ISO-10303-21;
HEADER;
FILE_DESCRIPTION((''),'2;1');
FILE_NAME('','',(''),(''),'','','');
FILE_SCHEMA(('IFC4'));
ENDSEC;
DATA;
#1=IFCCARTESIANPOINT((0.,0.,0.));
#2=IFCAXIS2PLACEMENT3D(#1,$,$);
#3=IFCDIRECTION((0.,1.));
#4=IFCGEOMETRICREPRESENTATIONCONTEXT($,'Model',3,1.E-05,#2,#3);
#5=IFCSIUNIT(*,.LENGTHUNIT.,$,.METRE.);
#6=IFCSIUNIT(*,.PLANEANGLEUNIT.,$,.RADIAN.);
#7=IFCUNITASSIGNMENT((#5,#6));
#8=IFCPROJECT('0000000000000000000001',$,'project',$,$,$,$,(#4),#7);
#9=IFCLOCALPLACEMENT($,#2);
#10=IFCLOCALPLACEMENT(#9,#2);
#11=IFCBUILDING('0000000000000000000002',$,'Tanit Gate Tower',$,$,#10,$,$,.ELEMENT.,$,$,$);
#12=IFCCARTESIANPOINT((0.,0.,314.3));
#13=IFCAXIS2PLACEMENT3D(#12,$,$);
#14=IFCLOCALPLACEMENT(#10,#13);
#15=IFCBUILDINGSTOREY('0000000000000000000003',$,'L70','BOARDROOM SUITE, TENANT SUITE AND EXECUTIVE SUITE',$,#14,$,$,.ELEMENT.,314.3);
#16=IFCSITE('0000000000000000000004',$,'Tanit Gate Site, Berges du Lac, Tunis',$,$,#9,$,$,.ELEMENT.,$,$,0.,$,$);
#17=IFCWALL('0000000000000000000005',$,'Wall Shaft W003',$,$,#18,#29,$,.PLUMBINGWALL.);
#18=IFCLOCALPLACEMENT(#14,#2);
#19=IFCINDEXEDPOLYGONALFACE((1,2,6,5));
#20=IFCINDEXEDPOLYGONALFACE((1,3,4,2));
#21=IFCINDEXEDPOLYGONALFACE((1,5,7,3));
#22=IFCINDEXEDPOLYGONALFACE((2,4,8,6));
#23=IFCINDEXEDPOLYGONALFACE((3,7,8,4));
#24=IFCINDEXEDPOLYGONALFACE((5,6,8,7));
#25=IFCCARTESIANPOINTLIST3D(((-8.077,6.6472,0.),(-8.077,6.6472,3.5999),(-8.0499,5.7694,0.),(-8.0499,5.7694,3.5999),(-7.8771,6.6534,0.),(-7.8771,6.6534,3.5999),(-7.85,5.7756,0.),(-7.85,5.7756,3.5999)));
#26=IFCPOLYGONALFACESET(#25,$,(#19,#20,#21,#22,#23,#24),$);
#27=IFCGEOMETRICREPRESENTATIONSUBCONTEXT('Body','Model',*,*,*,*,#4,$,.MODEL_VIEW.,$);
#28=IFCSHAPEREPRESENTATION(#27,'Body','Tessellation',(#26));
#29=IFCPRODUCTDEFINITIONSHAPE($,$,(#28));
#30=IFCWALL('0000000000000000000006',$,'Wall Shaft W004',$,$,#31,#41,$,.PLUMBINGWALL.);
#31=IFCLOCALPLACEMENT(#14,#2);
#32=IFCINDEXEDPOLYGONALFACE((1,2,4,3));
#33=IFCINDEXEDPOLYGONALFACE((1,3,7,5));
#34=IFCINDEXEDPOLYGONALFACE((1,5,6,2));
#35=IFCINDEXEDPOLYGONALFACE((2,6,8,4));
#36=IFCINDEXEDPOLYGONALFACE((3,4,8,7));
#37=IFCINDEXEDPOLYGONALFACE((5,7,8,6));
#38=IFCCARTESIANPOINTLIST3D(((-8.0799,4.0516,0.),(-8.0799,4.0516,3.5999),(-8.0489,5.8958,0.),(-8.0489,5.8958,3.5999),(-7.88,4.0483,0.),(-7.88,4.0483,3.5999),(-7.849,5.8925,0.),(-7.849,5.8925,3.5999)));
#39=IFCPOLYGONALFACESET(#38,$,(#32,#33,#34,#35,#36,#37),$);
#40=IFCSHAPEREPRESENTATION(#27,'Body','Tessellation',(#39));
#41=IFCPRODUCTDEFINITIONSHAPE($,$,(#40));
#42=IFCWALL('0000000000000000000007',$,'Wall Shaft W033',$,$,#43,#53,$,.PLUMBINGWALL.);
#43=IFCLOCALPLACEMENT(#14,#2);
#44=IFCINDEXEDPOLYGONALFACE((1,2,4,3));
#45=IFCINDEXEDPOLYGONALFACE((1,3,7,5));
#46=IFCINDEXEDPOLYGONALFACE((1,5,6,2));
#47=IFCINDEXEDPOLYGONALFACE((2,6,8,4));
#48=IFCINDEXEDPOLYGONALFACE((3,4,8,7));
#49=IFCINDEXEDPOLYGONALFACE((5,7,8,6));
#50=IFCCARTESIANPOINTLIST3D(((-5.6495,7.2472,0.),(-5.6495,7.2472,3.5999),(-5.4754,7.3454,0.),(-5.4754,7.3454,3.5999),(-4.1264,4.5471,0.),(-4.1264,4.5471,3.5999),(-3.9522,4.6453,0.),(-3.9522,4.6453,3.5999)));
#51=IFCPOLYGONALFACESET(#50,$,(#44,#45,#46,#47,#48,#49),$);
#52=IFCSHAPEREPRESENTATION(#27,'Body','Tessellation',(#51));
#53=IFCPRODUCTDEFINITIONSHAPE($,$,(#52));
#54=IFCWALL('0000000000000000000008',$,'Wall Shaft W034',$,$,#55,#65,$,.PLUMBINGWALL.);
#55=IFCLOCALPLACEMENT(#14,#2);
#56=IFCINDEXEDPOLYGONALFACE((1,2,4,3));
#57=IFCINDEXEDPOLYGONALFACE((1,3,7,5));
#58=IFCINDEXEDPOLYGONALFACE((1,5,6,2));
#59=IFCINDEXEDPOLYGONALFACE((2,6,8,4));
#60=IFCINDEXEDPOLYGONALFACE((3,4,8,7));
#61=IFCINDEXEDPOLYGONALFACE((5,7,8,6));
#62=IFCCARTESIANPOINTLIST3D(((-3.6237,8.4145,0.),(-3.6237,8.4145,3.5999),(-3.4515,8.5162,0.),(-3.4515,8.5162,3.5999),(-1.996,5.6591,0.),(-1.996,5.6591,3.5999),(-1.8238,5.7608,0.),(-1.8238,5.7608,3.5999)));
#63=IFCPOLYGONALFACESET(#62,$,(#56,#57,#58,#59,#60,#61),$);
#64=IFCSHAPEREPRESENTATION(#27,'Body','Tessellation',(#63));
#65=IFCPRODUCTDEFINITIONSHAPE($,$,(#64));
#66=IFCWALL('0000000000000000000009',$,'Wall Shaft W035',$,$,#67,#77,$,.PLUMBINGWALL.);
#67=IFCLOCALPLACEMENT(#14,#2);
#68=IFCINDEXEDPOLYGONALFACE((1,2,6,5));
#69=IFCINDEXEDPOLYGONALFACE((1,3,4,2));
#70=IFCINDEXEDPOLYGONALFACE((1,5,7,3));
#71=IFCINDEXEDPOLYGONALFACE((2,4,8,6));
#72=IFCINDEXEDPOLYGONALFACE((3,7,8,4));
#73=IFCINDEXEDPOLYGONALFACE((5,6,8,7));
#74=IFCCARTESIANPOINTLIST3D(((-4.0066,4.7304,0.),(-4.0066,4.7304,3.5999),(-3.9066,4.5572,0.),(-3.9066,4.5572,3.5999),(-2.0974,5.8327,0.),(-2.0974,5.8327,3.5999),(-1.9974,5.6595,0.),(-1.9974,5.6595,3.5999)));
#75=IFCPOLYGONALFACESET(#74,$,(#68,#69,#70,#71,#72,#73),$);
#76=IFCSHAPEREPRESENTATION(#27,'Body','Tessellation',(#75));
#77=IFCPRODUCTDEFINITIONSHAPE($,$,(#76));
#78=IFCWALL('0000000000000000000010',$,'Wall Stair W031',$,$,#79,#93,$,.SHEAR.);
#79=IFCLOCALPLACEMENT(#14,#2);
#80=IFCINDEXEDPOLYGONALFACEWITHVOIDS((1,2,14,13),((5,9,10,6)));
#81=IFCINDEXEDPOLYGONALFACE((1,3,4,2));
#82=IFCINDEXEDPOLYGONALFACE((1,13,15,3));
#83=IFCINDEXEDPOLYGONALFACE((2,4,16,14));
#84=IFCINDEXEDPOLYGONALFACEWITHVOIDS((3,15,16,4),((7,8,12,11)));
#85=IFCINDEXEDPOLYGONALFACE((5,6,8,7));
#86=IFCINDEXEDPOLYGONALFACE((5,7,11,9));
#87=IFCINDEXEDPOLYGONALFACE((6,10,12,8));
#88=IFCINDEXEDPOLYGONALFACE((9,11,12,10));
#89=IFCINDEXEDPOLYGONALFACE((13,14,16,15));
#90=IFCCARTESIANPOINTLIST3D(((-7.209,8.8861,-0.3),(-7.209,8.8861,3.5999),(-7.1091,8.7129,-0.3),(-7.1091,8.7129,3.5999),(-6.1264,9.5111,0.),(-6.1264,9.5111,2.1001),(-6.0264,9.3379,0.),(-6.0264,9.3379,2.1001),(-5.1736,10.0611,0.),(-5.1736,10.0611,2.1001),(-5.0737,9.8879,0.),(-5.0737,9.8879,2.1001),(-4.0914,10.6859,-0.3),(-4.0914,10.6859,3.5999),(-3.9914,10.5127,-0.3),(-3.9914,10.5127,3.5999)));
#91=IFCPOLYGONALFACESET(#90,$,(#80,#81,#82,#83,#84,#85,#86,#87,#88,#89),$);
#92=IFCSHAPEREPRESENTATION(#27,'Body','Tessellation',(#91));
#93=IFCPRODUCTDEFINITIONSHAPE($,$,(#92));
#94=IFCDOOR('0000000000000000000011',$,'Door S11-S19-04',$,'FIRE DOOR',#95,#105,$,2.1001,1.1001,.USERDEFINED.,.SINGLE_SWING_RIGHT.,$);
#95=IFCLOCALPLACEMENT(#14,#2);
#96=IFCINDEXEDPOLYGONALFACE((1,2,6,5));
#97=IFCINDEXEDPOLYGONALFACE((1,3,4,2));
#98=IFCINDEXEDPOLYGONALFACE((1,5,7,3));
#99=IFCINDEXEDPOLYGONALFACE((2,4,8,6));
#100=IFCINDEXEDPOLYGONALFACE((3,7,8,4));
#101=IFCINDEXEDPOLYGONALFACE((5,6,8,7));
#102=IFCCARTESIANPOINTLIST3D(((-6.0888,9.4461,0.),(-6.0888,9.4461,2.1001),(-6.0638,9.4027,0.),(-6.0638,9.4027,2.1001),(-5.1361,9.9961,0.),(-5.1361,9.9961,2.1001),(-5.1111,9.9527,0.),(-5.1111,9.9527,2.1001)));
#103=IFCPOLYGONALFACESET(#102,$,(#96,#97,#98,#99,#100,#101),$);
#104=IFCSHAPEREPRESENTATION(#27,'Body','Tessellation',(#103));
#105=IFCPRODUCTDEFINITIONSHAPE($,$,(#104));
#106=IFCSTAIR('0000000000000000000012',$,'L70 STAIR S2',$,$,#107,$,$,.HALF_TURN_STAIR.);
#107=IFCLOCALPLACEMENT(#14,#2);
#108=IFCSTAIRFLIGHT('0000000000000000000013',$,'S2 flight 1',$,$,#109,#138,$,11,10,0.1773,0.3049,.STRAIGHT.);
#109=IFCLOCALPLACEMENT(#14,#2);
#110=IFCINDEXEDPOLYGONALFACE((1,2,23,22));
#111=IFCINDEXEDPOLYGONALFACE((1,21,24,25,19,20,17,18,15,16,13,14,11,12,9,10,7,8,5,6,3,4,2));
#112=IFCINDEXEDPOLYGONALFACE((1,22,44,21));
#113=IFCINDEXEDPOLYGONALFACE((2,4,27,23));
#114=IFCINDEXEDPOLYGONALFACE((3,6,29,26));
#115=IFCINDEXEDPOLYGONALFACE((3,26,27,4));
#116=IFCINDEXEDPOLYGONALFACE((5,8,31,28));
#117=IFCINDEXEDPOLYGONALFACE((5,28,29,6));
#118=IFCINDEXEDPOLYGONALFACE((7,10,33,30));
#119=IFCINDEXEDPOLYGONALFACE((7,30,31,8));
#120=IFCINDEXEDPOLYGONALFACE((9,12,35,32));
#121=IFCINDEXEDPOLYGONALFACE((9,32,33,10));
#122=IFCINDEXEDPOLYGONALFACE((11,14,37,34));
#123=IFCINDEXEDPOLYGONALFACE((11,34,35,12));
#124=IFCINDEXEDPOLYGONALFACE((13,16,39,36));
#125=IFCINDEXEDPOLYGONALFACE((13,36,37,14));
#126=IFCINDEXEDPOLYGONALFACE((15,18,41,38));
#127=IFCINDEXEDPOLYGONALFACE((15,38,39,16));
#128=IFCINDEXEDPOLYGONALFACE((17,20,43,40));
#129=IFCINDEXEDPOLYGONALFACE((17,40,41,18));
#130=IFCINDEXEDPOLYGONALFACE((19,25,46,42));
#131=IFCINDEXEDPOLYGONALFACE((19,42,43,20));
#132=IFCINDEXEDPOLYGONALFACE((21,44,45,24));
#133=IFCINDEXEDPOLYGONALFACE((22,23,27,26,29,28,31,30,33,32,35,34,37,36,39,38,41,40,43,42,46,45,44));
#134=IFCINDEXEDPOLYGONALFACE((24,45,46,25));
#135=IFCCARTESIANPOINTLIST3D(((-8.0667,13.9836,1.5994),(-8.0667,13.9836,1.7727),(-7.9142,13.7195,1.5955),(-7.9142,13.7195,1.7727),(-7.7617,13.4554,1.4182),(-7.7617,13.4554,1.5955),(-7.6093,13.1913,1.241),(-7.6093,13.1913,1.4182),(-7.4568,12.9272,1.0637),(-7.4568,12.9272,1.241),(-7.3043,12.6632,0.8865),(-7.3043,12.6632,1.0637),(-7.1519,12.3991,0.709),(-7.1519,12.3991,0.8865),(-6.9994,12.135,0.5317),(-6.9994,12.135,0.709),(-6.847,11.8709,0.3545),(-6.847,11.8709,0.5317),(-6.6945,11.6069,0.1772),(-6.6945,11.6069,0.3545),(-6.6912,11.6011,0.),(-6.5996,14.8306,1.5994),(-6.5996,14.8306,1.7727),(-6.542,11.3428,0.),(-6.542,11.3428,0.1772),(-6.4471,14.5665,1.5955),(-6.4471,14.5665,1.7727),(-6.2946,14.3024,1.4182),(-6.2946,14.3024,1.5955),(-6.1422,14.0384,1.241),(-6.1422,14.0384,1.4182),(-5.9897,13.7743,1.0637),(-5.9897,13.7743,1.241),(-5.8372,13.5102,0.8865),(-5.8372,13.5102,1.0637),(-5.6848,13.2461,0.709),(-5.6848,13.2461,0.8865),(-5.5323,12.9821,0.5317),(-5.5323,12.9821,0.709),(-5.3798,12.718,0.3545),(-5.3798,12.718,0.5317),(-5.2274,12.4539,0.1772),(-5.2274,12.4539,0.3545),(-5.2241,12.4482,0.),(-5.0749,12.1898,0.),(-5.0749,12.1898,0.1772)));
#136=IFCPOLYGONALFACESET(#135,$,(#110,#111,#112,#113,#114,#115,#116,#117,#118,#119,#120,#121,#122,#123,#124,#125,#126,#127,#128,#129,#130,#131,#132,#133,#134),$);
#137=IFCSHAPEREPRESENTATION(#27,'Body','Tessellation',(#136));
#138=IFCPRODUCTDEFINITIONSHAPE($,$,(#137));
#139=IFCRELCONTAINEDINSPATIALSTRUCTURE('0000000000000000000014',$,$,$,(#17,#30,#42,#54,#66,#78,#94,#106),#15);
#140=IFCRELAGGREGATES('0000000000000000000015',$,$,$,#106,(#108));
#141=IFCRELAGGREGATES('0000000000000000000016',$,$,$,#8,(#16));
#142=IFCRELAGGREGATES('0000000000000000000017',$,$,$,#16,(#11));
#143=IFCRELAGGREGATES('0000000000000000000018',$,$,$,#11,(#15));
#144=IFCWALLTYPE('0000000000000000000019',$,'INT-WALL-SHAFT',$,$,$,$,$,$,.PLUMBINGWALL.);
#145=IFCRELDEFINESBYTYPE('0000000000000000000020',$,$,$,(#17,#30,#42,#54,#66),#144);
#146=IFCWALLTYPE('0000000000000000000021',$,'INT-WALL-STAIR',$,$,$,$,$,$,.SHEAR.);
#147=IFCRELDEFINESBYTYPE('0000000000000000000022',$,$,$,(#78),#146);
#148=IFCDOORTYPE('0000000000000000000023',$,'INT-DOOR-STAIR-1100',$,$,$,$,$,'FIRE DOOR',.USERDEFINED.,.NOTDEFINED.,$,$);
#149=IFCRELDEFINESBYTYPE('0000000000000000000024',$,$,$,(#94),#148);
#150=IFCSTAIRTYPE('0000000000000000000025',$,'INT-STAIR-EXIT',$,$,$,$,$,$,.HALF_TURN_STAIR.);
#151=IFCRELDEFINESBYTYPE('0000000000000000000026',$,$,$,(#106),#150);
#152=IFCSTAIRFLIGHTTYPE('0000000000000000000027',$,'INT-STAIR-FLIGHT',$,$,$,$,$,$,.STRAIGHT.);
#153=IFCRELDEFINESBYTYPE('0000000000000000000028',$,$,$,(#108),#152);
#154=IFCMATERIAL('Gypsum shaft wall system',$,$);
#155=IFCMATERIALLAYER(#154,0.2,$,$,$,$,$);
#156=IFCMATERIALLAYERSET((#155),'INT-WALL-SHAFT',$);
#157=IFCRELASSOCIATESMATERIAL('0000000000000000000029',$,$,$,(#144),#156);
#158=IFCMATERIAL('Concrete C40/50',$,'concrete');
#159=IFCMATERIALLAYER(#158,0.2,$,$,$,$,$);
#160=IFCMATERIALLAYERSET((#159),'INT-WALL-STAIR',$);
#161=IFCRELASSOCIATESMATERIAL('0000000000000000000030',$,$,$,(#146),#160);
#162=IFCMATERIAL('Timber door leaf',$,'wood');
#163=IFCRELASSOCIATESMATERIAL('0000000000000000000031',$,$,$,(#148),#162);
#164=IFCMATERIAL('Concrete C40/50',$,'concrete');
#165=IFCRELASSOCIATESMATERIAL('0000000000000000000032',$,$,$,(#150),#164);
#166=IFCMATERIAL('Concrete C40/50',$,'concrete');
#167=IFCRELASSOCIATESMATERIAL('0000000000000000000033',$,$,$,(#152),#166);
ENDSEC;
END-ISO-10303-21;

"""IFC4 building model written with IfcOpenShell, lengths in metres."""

from ifc_helpers import new_model, si_unit, direction, frame, frame_2d, origin, place, context, subcontext, project, spatial, polyline, rectangle, outline, extrude, material, layer, layer_set, type_object, element, fill, aggregate, save


model = new_model("IFC4")

# Units and contexts
model_context = context("Model", 3, precision=1e-05, world=origin(), true_north=direction((0.0, 1.0)))
body_context = subcontext(model_context, "Body", "Model", "MODEL_VIEW")
ifc_project = project(units=[si_unit("LENGTHUNIT", "METRE"), si_unit("PLANEANGLEUNIT", "RADIAN")], contexts=[model_context])

# Site, building, storey
site_placement = place(None, origin())
site = spatial("IfcSite", under=ifc_project, at=site_placement, Name="Tanit Gate Site, Berges du Lac, Tunis", CompositionType="ELEMENT", RefElevation=0.0)
building_placement = place(site_placement, origin())
building = spatial("IfcBuilding", under=site, at=building_placement, Name="Tanit Gate Tower", CompositionType="ELEMENT")
storey_placement = place(building_placement, frame((0.0, 0.0, 314.3)))
storey = spatial("IfcBuildingStorey", under=building, at=storey_placement, Name="L70", Description="BOARDROOM SUITE, TENANT SUITE AND EXECUTIVE SUITE", CompositionType="ELEMENT", Elevation=314.3)

# Walls
ifc_material_1 = material(Name="Gypsum shaft wall system")
ifc_layer_1 = layer(ifc_material_1, 0.2)
ifc_layer_set_1 = layer_set([ifc_layer_1], Name="INT-WALL-SHAFT")
wall_type_1 = type_object("IfcWallType", Name="INT-WALL-SHAFT", PredefinedType="PLUMBINGWALL", material=ifc_layer_set_1)
wall_1_placement = place(storey_placement, frame((-7.9771, 6.6501, 0.0), z_axis=(0.0, 0.0, 1.0), x_axis=(0.030862, -0.999524, 0.0)))
element("IfcWall", 1, at=wall_1_placement, inside=storey, type_object=wall_type_1, Name="Wall Shaft W003", PredefinedType="PLUMBINGWALL", context=body_context, shape_type="SweptSolid", body=[
    extrude(rectangle(XDim=0.8782, YDim=0.2, at=frame_2d((0.439, 0.0))), origin(), (0.0, 0.0, 1.0), 3.5999),
])
wall_2_placement = place(storey_placement, frame((-7.949, 5.8943, 0.0), z_axis=(0.0, 0.0, 1.0), x_axis=(-0.01681, -0.999859, 0.0)))
element("IfcWall", 2, at=wall_2_placement, inside=storey, type_object=wall_type_1, Name="Wall Shaft W004", PredefinedType="PLUMBINGWALL", context=body_context, shape_type="SweptSolid", body=[
    extrude(rectangle(XDim=1.8445, YDim=0.2, at=frame_2d((0.9224, 0.0))), origin(), (0.0, 0.0, 1.0), 3.5999),
])

# Walls
wall_3_placement = place(storey_placement, frame((-4.0393, 4.5962, 0.0), z_axis=(0.0, 0.0, 1.0), x_axis=(-0.491323, 0.870978, 0.0)))
element("IfcWall", 3, at=wall_3_placement, inside=storey, type_object=wall_type_1, Name="Wall Shaft W033", PredefinedType="PLUMBINGWALL", context=body_context, shape_type="SweptSolid", body=[
    extrude(rectangle(XDim=3.1001, YDim=0.2, at=frame_2d((1.55, 0.0))), origin(), (0.0, 0.0, 1.0), 3.5999),
])
wall_4_placement = place(storey_placement, frame((-3.5376, 8.4653, 0.0), z_axis=(0.0, 0.0, 1.0), x_axis=(0.508616, -0.860993, 0.0)))
element("IfcWall", 4, at=wall_4_placement, inside=storey, type_object=wall_type_1, Name="Wall Shaft W034", PredefinedType="PLUMBINGWALL", context=body_context, shape_type="SweptSolid", body=[
    extrude(rectangle(XDim=3.2002, YDim=0.2, at=frame_2d((1.6001, 0.0))), origin(), (0.0, 0.0, 1.0), 3.5999),
])
wall_5_placement = place(storey_placement, frame((-2.0474, 5.7461, 0.0), z_axis=(0.0, 0.0, 1.0), x_axis=(-0.86602, -0.50001, 0.0)))
element("IfcWall", 5, at=wall_5_placement, inside=storey, type_object=wall_type_1, Name="Wall Shaft W035", PredefinedType="PLUMBINGWALL", context=body_context, shape_type="SweptSolid", body=[
    extrude(rectangle(XDim=2.2046, YDim=0.2, at=frame_2d((1.1023, 0.0))), origin(), (0.0, 0.0, 1.0), 3.5999),
])

# Wall, opening, door
ifc_material_2 = material(Name="Concrete C40/50", Category="concrete")
ifc_layer_2 = layer(ifc_material_2, 0.2)
ifc_layer_set_2 = layer_set([ifc_layer_2], Name="INT-WALL-STAIR")
wall_type_2 = type_object("IfcWallType", Name="INT-WALL-STAIR", PredefinedType="SHEAR", material=ifc_layer_set_2)
wall_6_placement = place(storey_placement, frame((-7.1589, 8.7996, -0.3), z_axis=(0.0, 0.0, 1.0), x_axis=(0.866048, 0.499961, 0.0)))
wall_6 = element("IfcWall", 6, at=wall_6_placement, inside=storey, type_object=wall_type_2, Name="Wall Stair W031", PredefinedType="SHEAR", context=body_context, shape_type="SweptSolid", body=[
    extrude(rectangle(XDim=3.5999, YDim=0.2, at=frame_2d((1.7998, 0.0))), origin(), (0.0, 0.0, 1.0), 3.8999),
])
opening_1_placement = place(wall_6_placement, frame((1.25, 0.0, 0.3)))
opening_1 = element("IfcOpeningElement", 7, at=opening_1_placement, cuts=wall_6, PredefinedType="OPENING", context=body_context, shape_type="SweptSolid", body=[
    extrude(rectangle(XDim=1.1001, YDim=2.1001, at=frame_2d((0.55, 1.05))), frame((0.0, 0.1099, 0.0), z_axis=(0.0, -1.0, 0.0), x_axis=(1.0, 0.0, 0.0)), (0.0, 0.0, 1.0), 0.22),
])
ifc_material_3 = material(Name="Timber door leaf", Category="wood")
door_type_1 = type_object("IfcDoorType", Name="INT-DOOR-STAIR-1100", ElementType="FIRE DOOR", OperationType="NOTDEFINED", PredefinedType="USERDEFINED", material=ifc_material_3)
door_1_placement = place(opening_1_placement, origin())
door_1 = element("IfcDoor", 8, at=door_1_placement, inside=storey, type_object=door_type_1, Name="Door S11-S19-04", ObjectType="FIRE DOOR", OperationType="SINGLE_SWING_RIGHT", OverallHeight=2.1001, OverallWidth=1.1001, PredefinedType="USERDEFINED", context=body_context, shape_type="SweptSolid", body=[
    extrude(rectangle(XDim=1.1001, YDim=2.1001, at=frame_2d((0.55, 1.05))), frame((0.0, 0.0249, 0.0), z_axis=(0.0, -1.0, 0.0), x_axis=(1.0, 0.0, 0.0)), (0.0, 0.0, 1.0), 0.05),
])
fill(opening_1, door_1)

# Stair, stair flight
ifc_material_4 = material(Name="Concrete C40/50", Category="concrete")
stair_type = type_object("IfcStairType", Name="INT-STAIR-EXIT", PredefinedType="HALF_TURN_STAIR", material=ifc_material_4)
stair_placement = place(storey_placement, origin())
stair = element("IfcStair", 9, at=stair_placement, inside=storey, type_object=stair_type, Name="L70 STAIR S2", PredefinedType="HALF_TURN_STAIR")
ifc_material_5 = material(Name="Concrete C40/50", Category="concrete")
stair_flight_type = type_object("IfcStairFlightType", Name="INT-STAIR-FLIGHT", PredefinedType="STRAIGHT", material=ifc_material_5)
stair_flight_placement = place(storey_placement, frame((-5.8083, 11.7664, 0.0), z_axis=(0.0, 0.0, 1.0), x_axis=(-0.5, 0.866025, 0.0)))
stair_flight = element("IfcStairFlight", 10, at=stair_flight_placement, type_object=stair_flight_type, Name="S2 flight 1", NumberOfRisers=11, NumberOfTreads=10, PredefinedType="STRAIGHT", RiserHeight=0.1773, TreadLength=0.3049, context=body_context, shape_type="SweptSolid", body=[
    extrude(outline(polyline([(0.0, 0.0), (0.0, 0.1772), (0.3049, 0.1772), (0.3049, 0.3545), (0.6099, 0.3545), (0.6099, 0.5317), (0.9148, 0.5317), (0.9148, 0.709), (1.2197, 0.709), (1.2197, 0.8865), (1.5247, 0.8865), (1.5247, 1.0637), (1.8296, 1.0637), (1.8296, 1.241), (2.1345, 1.241), (2.1345, 1.4182), (2.4395, 1.4182), (2.4395, 1.5955), (2.7444, 1.5955), (2.7444, 1.7727), (3.0493, 1.7727), (3.0493, 1.95), (3.0493, 1.5994), (0.2983, 0.0), (0.0, 0.0)])), frame((0.0, 0.8472, 0.0), z_axis=(0.0, -1.0, 0.0), x_axis=(1.0, 0.0, 0.0)), (0.0, 0.0, 1.0), 1.6941),
])
aggregate(stair, [stair_flight])

save(model, "model.ifc")
